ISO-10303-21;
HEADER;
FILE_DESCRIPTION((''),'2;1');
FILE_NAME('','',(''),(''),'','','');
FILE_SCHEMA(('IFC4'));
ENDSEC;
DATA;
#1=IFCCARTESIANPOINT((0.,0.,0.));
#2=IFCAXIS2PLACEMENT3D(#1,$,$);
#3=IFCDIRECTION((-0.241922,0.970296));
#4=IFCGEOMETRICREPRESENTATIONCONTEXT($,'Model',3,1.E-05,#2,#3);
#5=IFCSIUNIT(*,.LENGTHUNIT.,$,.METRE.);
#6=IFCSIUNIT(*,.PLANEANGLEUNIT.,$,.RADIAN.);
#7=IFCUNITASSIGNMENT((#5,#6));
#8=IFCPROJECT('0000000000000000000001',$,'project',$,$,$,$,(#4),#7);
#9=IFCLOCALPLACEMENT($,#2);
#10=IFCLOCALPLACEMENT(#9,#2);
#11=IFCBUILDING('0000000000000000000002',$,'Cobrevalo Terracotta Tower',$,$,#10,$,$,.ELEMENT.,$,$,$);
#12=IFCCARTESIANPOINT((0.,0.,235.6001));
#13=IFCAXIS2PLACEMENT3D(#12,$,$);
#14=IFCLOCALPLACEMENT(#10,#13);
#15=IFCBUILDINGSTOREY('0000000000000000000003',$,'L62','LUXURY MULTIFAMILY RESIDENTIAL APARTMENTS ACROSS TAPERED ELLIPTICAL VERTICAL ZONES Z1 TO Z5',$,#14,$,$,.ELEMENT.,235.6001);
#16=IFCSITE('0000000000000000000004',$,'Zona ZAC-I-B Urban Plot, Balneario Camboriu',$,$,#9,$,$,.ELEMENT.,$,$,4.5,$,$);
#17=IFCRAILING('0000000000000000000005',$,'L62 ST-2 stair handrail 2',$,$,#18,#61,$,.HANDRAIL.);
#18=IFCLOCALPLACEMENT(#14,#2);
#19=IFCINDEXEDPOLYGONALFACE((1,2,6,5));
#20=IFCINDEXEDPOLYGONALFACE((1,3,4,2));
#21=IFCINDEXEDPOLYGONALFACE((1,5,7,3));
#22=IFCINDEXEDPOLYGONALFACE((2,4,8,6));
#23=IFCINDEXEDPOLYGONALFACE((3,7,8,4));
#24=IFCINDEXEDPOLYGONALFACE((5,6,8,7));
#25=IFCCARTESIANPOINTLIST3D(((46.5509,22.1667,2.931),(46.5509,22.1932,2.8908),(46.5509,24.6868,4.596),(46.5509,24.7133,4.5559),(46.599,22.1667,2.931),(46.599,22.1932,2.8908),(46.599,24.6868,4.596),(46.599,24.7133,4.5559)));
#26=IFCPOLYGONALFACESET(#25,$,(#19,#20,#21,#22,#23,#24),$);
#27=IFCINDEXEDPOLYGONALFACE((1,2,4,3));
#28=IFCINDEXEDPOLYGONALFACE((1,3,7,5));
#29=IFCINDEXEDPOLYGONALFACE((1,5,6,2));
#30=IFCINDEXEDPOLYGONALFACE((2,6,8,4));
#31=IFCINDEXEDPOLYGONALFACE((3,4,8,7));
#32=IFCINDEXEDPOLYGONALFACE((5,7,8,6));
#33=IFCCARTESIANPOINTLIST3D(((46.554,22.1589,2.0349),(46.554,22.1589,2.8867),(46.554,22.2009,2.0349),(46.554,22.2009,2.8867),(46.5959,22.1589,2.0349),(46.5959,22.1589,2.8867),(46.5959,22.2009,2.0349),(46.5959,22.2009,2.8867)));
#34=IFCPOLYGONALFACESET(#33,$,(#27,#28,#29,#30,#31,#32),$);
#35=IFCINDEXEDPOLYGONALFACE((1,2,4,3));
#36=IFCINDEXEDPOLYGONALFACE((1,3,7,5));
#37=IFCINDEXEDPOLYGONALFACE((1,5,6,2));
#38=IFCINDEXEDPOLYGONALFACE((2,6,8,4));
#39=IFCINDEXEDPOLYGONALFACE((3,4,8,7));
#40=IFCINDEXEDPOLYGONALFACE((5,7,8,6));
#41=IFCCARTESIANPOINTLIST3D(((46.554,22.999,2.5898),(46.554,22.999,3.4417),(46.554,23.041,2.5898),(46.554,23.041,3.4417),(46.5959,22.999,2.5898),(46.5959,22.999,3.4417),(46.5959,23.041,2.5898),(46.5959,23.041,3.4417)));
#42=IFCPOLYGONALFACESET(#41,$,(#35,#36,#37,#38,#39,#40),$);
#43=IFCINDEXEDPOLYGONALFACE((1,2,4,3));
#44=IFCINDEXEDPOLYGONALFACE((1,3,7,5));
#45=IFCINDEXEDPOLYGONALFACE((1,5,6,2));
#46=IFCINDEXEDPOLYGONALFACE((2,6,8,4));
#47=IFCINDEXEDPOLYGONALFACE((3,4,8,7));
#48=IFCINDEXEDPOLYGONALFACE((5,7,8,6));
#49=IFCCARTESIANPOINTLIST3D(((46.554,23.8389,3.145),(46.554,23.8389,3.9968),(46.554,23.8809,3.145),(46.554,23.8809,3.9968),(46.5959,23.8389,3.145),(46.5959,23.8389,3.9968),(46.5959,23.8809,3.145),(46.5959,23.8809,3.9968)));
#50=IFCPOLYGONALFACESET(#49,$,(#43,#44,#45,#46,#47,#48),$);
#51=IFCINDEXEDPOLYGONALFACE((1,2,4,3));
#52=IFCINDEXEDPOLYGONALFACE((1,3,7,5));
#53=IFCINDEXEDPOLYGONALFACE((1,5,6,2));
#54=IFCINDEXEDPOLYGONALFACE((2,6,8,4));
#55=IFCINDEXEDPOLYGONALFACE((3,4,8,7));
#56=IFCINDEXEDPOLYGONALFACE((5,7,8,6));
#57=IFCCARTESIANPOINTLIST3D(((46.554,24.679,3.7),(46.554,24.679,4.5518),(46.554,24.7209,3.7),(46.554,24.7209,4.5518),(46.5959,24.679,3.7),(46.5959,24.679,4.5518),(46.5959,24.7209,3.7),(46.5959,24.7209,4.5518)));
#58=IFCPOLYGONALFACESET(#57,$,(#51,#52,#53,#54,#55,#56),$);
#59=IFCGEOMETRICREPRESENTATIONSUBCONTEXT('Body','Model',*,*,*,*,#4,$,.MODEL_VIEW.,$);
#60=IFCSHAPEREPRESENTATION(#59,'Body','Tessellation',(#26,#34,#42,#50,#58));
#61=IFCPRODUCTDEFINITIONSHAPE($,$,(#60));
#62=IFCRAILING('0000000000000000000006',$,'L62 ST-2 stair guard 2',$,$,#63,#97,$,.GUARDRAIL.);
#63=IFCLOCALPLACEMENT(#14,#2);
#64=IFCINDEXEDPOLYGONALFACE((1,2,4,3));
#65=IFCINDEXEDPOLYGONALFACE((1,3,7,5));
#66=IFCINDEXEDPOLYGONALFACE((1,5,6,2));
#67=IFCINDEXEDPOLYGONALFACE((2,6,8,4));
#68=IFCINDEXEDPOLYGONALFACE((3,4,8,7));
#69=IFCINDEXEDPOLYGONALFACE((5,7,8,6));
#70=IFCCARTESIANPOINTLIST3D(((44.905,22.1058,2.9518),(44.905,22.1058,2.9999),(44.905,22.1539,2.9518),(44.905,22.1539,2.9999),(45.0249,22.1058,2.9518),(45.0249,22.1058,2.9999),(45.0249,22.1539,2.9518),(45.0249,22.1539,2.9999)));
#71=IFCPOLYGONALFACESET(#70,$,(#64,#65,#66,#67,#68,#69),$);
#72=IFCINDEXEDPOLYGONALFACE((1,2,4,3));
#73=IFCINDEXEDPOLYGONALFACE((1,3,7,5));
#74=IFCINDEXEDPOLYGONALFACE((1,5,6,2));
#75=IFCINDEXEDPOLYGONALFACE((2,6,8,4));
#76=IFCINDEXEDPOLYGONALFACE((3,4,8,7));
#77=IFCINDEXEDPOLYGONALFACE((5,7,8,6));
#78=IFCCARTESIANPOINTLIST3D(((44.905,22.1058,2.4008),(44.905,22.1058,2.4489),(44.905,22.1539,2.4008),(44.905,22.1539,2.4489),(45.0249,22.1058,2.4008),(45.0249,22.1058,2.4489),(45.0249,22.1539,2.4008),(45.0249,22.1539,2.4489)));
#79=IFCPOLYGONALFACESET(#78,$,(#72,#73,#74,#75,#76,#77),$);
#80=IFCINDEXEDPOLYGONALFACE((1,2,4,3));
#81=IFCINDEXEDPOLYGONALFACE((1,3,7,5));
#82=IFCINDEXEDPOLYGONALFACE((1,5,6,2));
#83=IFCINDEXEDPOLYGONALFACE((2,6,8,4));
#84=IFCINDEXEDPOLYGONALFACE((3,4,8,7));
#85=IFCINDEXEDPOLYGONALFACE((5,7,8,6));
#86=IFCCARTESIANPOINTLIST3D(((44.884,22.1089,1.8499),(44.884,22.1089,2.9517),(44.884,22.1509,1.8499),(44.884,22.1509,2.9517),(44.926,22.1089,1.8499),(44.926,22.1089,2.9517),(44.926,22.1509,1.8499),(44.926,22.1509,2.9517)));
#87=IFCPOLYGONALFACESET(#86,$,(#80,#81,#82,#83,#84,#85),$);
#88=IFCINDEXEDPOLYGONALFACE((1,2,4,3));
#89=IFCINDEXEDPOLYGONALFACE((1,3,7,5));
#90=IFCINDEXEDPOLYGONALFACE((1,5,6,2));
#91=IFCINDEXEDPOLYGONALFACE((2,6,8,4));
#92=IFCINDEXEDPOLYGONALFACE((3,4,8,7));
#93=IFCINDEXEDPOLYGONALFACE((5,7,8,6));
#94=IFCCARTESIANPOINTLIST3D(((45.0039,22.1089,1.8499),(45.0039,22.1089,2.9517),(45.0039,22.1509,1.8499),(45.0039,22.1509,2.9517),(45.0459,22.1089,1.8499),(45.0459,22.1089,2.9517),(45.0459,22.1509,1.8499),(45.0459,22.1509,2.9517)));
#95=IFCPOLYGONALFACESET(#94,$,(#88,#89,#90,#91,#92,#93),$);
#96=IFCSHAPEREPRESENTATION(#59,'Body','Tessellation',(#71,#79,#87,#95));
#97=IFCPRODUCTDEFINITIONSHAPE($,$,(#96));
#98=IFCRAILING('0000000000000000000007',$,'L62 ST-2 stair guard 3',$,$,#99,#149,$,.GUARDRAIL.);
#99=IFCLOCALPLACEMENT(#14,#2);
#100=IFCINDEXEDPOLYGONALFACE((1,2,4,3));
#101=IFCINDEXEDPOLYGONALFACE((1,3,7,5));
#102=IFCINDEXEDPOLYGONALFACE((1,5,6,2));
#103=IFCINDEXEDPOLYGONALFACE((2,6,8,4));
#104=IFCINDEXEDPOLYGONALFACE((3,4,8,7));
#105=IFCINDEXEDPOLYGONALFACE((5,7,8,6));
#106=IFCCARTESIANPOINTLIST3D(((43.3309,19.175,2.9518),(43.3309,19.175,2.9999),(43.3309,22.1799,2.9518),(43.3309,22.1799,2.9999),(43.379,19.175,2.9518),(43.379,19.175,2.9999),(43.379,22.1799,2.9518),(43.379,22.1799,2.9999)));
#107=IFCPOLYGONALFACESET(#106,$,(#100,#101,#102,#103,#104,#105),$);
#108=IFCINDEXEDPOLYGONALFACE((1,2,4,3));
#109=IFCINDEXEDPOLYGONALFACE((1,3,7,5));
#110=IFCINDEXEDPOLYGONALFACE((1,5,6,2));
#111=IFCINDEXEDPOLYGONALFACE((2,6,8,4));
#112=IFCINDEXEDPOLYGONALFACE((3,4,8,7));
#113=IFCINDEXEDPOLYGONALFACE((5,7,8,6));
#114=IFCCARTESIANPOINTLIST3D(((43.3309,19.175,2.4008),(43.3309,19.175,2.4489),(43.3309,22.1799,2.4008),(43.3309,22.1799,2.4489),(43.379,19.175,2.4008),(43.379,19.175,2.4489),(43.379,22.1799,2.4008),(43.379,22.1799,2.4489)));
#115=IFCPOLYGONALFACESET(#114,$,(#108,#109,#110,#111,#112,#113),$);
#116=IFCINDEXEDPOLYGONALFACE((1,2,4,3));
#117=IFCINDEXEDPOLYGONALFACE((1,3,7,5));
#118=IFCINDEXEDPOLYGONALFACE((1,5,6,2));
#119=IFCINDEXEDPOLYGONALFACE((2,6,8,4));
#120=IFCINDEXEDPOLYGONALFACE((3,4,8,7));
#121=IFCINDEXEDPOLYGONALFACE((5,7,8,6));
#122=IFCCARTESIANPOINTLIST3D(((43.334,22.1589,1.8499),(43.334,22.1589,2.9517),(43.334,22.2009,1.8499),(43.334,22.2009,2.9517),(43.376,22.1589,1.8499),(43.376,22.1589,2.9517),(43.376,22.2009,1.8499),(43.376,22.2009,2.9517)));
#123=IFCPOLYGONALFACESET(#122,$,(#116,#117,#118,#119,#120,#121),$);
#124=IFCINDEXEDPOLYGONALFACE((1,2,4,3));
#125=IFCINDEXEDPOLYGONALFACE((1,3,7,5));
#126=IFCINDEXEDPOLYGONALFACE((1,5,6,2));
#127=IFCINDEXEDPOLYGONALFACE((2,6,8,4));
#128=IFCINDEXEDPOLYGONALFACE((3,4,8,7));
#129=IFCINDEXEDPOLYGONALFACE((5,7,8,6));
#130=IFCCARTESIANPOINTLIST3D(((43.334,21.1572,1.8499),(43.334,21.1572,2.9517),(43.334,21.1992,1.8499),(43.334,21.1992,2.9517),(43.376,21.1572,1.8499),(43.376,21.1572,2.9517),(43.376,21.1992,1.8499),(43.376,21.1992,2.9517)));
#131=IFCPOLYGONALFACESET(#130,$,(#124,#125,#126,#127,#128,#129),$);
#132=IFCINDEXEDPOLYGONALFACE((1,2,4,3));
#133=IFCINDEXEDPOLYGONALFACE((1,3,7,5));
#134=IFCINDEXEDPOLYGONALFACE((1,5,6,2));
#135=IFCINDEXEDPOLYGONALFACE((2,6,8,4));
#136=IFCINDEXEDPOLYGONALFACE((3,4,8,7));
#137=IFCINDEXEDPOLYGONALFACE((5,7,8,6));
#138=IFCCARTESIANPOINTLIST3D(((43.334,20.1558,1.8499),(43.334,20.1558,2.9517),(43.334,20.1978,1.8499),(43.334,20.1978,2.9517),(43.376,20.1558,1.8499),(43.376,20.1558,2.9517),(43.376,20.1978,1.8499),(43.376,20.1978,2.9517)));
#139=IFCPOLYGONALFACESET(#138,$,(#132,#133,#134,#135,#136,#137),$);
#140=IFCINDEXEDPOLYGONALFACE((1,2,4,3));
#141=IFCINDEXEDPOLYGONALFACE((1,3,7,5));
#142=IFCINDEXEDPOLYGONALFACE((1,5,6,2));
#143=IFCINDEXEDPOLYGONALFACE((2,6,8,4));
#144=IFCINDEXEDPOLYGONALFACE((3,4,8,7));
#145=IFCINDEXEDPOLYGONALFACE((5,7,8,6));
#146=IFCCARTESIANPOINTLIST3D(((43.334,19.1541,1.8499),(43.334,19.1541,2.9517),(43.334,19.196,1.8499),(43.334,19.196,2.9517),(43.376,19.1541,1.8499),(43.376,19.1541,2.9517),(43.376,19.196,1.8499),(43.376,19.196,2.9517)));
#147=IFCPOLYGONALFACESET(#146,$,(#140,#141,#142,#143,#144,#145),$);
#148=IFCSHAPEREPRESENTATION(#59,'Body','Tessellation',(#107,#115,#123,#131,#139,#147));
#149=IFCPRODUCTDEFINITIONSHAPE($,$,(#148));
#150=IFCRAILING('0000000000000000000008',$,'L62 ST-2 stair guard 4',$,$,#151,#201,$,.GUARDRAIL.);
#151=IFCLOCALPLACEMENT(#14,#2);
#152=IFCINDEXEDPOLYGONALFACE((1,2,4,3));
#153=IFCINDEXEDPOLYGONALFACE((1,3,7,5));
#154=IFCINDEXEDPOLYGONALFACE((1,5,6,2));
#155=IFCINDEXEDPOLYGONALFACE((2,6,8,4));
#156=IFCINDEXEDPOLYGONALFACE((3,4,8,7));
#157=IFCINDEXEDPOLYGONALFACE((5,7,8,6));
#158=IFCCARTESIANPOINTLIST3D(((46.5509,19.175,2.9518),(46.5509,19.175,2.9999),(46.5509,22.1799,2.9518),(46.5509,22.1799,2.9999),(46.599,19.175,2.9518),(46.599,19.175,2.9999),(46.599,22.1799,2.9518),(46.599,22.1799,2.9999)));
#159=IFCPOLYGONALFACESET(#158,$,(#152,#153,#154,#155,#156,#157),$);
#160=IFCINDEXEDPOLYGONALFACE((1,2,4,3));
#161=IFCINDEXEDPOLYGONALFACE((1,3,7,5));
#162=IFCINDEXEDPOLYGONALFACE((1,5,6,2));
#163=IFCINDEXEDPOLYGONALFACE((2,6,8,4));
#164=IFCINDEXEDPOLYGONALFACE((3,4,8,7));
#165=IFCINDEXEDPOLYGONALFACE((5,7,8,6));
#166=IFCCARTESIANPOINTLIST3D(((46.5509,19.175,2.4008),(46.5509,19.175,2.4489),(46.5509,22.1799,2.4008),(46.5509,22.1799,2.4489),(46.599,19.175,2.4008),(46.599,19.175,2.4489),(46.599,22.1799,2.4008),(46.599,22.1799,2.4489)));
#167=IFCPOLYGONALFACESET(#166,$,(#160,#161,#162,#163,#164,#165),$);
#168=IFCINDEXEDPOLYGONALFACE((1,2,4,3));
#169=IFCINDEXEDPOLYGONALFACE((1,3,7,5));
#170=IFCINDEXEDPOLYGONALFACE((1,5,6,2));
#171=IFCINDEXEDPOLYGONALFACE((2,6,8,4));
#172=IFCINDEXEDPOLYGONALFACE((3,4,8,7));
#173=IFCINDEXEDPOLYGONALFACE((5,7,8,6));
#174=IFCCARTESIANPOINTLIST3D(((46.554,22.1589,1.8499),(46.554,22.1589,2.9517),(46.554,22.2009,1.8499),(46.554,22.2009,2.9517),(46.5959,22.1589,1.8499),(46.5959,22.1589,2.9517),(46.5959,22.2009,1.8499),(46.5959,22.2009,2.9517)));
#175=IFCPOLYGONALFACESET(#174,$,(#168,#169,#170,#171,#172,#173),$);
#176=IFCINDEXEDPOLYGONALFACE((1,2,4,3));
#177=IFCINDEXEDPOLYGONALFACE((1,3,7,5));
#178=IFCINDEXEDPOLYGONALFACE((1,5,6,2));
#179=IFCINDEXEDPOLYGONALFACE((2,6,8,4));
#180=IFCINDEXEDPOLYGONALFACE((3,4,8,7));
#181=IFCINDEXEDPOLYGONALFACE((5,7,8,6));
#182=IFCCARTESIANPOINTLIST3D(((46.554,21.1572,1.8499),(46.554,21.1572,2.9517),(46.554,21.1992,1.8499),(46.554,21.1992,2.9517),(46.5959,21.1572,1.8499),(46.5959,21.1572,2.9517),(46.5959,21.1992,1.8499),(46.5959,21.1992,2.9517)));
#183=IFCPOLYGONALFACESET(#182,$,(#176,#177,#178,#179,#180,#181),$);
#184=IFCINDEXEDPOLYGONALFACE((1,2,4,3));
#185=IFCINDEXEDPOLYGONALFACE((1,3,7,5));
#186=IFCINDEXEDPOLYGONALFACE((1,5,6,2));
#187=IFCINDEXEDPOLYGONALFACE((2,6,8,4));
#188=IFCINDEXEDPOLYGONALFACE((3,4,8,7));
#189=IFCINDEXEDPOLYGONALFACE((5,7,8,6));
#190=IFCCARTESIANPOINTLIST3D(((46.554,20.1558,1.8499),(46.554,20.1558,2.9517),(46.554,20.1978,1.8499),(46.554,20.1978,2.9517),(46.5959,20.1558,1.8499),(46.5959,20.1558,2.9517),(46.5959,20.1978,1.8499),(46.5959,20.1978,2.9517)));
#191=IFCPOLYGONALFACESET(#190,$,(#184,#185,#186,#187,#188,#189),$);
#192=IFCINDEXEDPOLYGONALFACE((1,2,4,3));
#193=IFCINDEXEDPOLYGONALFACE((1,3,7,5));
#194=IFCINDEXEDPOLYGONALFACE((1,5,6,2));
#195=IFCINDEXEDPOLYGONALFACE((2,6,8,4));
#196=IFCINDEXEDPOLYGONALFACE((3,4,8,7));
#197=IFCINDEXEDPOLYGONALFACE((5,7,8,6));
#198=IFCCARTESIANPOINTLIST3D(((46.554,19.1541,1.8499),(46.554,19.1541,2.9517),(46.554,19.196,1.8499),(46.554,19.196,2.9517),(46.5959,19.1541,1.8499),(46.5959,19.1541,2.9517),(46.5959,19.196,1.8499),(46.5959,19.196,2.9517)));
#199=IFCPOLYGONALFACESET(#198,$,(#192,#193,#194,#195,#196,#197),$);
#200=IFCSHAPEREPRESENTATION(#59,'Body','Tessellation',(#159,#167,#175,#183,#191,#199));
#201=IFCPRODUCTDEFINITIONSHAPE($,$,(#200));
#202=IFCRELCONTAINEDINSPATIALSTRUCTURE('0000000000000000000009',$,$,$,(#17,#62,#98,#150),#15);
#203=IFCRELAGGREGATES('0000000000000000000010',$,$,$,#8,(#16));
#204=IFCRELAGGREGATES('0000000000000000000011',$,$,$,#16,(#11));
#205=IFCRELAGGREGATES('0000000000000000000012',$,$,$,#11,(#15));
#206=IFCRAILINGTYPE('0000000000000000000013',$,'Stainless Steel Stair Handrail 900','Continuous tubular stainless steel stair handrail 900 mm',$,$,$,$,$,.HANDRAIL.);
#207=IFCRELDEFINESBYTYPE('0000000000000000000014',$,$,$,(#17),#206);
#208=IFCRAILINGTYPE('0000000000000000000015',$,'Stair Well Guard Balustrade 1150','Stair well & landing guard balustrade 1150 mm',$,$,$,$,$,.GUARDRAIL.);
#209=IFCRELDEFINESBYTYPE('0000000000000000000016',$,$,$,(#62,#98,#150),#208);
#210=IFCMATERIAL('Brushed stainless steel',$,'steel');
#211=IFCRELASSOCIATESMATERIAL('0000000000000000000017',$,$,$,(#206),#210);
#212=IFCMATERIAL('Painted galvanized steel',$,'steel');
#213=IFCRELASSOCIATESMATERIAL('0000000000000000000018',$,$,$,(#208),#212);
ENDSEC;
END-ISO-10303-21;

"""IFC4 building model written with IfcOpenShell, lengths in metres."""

from ifc_helpers import new_model, si_unit, direction, frame, origin, origin_2d, place, context, subcontext, project, spatial, rectangle, extrude, material, type_object, element, save


model = new_model("IFC4")

# Units and contexts
model_context = context("Model", 3, precision=1e-05, world=origin(), true_north=direction((-0.241922, 0.970296)))
body_context = subcontext(model_context, "Body", "Model", "MODEL_VIEW")
ifc_project = project(units=[si_unit("LENGTHUNIT", "METRE"), si_unit("PLANEANGLEUNIT", "RADIAN")], contexts=[model_context])

# Site, building, storey
site_placement = place(None, origin())
site = spatial("IfcSite", under=ifc_project, at=site_placement, Name="Zona ZAC-I-B Urban Plot, Balneario Camboriu", CompositionType="ELEMENT", RefElevation=4.5)
building_placement = place(site_placement, origin())
building = spatial("IfcBuilding", under=site, at=building_placement, Name="Cobrevalo Terracotta Tower", CompositionType="ELEMENT")
storey_placement = place(building_placement, frame((0.0, 0.0, 235.6001)))
storey = spatial("IfcBuildingStorey", under=building, at=storey_placement, Name="L62", Description="LUXURY MULTIFAMILY RESIDENTIAL APARTMENTS ACROSS TAPERED ELLIPTICAL VERTICAL ZONES Z1 TO Z5", CompositionType="ELEMENT", Elevation=235.6001)

# Railings
ifc_material_1 = material(Name="Brushed stainless steel", Category="steel")
railing_type_1 = type_object("IfcRailingType", Name="Stainless Steel Stair Handrail 900", Description="Continuous tubular stainless steel stair handrail 900 mm", PredefinedType="HANDRAIL", material=ifc_material_1)
railing_1_placement = place(storey_placement, frame((46.575, 22.1799, 2.0349)))
element("IfcRailing", 1, at=railing_1_placement, inside=storey, type_object=railing_type_1, Name="L62 ST-2 stair handrail 2", PredefinedType="HANDRAIL", context=body_context, shape_type="SweptSolid", body=[
    extrude(rectangle(XDim=0.0481, YDim=0.0481, at=origin_2d()), frame((0.0, 0.0, 0.876), z_axis=(0.0, 0.834331, 0.551263), x_axis=(-1.0, 0.0, 0.0)), (0.0, 0.0, 1.0), 3.0205),
    extrude(rectangle(XDim=0.042, YDim=0.042, at=origin_2d()), origin(), (0.0, 0.0, 1.0), 0.8518),
    extrude(rectangle(XDim=0.042, YDim=0.042, at=origin_2d()), frame((0.0, 0.8401, 0.5549)), (0.0, 0.0, 1.0), 0.8518),
    extrude(rectangle(XDim=0.042, YDim=0.042, at=origin_2d()), frame((0.0, 1.6799, 1.1101)), (0.0, 0.0, 1.0), 0.8518),
    extrude(rectangle(XDim=0.042, YDim=0.042, at=origin_2d()), frame((0.0, 2.52, 1.665)), (0.0, 0.0, 1.0), 0.8518),
])
ifc_material_2 = material(Name="Painted galvanized steel", Category="steel")
railing_type_2 = type_object("IfcRailingType", Name="Stair Well Guard Balustrade 1150", Description="Stair well & landing guard balustrade 1150 mm", PredefinedType="GUARDRAIL", material=ifc_material_2)
railing_2_placement = place(storey_placement, frame((44.905, 22.1299, 1.8499)))
element("IfcRailing", 2, at=railing_2_placement, inside=storey, type_object=railing_type_2, Name="L62 ST-2 stair guard 2", PredefinedType="GUARDRAIL", context=body_context, shape_type="SweptSolid", body=[
    extrude(rectangle(XDim=0.0481, YDim=0.0481, at=origin_2d()), frame((0.0, 0.0, 1.126), z_axis=(1.0, 0.0, 0.0), x_axis=(0.0, 1.0, 0.0)), (0.0, 0.0, 1.0), 0.1199),
    extrude(rectangle(XDim=0.0481, YDim=0.0481, at=origin_2d()), frame((0.0, 0.0, 0.575), z_axis=(1.0, 0.0, 0.0), x_axis=(0.0, 1.0, 0.0)), (0.0, 0.0, 1.0), 0.1199),
    extrude(rectangle(XDim=0.042, YDim=0.042, at=origin_2d()), origin(), (0.0, 0.0, 1.0), 1.1018),
    extrude(rectangle(XDim=0.042, YDim=0.042, at=origin_2d()), frame((0.1199, 0.0, 0.0)), (0.0, 0.0, 1.0), 1.1018),
])
for number, where, name in (
    (3, (43.355, 22.1799, 1.8499), "L62 ST-2 stair guard 3"),
    (4, (46.575, 22.1799, 1.8499), "L62 ST-2 stair guard 4"),
):
    element("IfcRailing", number, at=place(storey_placement, frame(where)), inside=storey, type_object=railing_type_2, Name=name, PredefinedType="GUARDRAIL", context=body_context, shape_type="SweptSolid", body=[
        extrude(rectangle(XDim=0.0481, YDim=0.0481, at=origin_2d()), frame((0.0, 0.0, 1.126), z_axis=(0.0, -1.0, 0.0), x_axis=(1.0, 0.0, 0.0)), (0.0, 0.0, 1.0), 3.0049),
        extrude(rectangle(XDim=0.0481, YDim=0.0481, at=origin_2d()), frame((0.0, 0.0, 0.575), z_axis=(0.0, -1.0, 0.0), x_axis=(1.0, 0.0, 0.0)), (0.0, 0.0, 1.0), 3.0049),
        extrude(rectangle(XDim=0.042, YDim=0.042, at=origin_2d()), origin(), (0.0, 0.0, 1.0), 1.1018),
        extrude(rectangle(XDim=0.042, YDim=0.042, at=origin_2d()), frame((0.0, -1.0017, 0.0)), (0.0, 0.0, 1.0), 1.1018),
        extrude(rectangle(XDim=0.042, YDim=0.042, at=origin_2d()), frame((0.0, -2.0032, 0.0)), (0.0, 0.0, 1.0), 1.1018),
        extrude(rectangle(XDim=0.042, YDim=0.042, at=origin_2d()), frame((0.0, -3.0049, 0.0)), (0.0, 0.0, 1.0), 1.1018),
    ])

save(model, "model.ifc")
